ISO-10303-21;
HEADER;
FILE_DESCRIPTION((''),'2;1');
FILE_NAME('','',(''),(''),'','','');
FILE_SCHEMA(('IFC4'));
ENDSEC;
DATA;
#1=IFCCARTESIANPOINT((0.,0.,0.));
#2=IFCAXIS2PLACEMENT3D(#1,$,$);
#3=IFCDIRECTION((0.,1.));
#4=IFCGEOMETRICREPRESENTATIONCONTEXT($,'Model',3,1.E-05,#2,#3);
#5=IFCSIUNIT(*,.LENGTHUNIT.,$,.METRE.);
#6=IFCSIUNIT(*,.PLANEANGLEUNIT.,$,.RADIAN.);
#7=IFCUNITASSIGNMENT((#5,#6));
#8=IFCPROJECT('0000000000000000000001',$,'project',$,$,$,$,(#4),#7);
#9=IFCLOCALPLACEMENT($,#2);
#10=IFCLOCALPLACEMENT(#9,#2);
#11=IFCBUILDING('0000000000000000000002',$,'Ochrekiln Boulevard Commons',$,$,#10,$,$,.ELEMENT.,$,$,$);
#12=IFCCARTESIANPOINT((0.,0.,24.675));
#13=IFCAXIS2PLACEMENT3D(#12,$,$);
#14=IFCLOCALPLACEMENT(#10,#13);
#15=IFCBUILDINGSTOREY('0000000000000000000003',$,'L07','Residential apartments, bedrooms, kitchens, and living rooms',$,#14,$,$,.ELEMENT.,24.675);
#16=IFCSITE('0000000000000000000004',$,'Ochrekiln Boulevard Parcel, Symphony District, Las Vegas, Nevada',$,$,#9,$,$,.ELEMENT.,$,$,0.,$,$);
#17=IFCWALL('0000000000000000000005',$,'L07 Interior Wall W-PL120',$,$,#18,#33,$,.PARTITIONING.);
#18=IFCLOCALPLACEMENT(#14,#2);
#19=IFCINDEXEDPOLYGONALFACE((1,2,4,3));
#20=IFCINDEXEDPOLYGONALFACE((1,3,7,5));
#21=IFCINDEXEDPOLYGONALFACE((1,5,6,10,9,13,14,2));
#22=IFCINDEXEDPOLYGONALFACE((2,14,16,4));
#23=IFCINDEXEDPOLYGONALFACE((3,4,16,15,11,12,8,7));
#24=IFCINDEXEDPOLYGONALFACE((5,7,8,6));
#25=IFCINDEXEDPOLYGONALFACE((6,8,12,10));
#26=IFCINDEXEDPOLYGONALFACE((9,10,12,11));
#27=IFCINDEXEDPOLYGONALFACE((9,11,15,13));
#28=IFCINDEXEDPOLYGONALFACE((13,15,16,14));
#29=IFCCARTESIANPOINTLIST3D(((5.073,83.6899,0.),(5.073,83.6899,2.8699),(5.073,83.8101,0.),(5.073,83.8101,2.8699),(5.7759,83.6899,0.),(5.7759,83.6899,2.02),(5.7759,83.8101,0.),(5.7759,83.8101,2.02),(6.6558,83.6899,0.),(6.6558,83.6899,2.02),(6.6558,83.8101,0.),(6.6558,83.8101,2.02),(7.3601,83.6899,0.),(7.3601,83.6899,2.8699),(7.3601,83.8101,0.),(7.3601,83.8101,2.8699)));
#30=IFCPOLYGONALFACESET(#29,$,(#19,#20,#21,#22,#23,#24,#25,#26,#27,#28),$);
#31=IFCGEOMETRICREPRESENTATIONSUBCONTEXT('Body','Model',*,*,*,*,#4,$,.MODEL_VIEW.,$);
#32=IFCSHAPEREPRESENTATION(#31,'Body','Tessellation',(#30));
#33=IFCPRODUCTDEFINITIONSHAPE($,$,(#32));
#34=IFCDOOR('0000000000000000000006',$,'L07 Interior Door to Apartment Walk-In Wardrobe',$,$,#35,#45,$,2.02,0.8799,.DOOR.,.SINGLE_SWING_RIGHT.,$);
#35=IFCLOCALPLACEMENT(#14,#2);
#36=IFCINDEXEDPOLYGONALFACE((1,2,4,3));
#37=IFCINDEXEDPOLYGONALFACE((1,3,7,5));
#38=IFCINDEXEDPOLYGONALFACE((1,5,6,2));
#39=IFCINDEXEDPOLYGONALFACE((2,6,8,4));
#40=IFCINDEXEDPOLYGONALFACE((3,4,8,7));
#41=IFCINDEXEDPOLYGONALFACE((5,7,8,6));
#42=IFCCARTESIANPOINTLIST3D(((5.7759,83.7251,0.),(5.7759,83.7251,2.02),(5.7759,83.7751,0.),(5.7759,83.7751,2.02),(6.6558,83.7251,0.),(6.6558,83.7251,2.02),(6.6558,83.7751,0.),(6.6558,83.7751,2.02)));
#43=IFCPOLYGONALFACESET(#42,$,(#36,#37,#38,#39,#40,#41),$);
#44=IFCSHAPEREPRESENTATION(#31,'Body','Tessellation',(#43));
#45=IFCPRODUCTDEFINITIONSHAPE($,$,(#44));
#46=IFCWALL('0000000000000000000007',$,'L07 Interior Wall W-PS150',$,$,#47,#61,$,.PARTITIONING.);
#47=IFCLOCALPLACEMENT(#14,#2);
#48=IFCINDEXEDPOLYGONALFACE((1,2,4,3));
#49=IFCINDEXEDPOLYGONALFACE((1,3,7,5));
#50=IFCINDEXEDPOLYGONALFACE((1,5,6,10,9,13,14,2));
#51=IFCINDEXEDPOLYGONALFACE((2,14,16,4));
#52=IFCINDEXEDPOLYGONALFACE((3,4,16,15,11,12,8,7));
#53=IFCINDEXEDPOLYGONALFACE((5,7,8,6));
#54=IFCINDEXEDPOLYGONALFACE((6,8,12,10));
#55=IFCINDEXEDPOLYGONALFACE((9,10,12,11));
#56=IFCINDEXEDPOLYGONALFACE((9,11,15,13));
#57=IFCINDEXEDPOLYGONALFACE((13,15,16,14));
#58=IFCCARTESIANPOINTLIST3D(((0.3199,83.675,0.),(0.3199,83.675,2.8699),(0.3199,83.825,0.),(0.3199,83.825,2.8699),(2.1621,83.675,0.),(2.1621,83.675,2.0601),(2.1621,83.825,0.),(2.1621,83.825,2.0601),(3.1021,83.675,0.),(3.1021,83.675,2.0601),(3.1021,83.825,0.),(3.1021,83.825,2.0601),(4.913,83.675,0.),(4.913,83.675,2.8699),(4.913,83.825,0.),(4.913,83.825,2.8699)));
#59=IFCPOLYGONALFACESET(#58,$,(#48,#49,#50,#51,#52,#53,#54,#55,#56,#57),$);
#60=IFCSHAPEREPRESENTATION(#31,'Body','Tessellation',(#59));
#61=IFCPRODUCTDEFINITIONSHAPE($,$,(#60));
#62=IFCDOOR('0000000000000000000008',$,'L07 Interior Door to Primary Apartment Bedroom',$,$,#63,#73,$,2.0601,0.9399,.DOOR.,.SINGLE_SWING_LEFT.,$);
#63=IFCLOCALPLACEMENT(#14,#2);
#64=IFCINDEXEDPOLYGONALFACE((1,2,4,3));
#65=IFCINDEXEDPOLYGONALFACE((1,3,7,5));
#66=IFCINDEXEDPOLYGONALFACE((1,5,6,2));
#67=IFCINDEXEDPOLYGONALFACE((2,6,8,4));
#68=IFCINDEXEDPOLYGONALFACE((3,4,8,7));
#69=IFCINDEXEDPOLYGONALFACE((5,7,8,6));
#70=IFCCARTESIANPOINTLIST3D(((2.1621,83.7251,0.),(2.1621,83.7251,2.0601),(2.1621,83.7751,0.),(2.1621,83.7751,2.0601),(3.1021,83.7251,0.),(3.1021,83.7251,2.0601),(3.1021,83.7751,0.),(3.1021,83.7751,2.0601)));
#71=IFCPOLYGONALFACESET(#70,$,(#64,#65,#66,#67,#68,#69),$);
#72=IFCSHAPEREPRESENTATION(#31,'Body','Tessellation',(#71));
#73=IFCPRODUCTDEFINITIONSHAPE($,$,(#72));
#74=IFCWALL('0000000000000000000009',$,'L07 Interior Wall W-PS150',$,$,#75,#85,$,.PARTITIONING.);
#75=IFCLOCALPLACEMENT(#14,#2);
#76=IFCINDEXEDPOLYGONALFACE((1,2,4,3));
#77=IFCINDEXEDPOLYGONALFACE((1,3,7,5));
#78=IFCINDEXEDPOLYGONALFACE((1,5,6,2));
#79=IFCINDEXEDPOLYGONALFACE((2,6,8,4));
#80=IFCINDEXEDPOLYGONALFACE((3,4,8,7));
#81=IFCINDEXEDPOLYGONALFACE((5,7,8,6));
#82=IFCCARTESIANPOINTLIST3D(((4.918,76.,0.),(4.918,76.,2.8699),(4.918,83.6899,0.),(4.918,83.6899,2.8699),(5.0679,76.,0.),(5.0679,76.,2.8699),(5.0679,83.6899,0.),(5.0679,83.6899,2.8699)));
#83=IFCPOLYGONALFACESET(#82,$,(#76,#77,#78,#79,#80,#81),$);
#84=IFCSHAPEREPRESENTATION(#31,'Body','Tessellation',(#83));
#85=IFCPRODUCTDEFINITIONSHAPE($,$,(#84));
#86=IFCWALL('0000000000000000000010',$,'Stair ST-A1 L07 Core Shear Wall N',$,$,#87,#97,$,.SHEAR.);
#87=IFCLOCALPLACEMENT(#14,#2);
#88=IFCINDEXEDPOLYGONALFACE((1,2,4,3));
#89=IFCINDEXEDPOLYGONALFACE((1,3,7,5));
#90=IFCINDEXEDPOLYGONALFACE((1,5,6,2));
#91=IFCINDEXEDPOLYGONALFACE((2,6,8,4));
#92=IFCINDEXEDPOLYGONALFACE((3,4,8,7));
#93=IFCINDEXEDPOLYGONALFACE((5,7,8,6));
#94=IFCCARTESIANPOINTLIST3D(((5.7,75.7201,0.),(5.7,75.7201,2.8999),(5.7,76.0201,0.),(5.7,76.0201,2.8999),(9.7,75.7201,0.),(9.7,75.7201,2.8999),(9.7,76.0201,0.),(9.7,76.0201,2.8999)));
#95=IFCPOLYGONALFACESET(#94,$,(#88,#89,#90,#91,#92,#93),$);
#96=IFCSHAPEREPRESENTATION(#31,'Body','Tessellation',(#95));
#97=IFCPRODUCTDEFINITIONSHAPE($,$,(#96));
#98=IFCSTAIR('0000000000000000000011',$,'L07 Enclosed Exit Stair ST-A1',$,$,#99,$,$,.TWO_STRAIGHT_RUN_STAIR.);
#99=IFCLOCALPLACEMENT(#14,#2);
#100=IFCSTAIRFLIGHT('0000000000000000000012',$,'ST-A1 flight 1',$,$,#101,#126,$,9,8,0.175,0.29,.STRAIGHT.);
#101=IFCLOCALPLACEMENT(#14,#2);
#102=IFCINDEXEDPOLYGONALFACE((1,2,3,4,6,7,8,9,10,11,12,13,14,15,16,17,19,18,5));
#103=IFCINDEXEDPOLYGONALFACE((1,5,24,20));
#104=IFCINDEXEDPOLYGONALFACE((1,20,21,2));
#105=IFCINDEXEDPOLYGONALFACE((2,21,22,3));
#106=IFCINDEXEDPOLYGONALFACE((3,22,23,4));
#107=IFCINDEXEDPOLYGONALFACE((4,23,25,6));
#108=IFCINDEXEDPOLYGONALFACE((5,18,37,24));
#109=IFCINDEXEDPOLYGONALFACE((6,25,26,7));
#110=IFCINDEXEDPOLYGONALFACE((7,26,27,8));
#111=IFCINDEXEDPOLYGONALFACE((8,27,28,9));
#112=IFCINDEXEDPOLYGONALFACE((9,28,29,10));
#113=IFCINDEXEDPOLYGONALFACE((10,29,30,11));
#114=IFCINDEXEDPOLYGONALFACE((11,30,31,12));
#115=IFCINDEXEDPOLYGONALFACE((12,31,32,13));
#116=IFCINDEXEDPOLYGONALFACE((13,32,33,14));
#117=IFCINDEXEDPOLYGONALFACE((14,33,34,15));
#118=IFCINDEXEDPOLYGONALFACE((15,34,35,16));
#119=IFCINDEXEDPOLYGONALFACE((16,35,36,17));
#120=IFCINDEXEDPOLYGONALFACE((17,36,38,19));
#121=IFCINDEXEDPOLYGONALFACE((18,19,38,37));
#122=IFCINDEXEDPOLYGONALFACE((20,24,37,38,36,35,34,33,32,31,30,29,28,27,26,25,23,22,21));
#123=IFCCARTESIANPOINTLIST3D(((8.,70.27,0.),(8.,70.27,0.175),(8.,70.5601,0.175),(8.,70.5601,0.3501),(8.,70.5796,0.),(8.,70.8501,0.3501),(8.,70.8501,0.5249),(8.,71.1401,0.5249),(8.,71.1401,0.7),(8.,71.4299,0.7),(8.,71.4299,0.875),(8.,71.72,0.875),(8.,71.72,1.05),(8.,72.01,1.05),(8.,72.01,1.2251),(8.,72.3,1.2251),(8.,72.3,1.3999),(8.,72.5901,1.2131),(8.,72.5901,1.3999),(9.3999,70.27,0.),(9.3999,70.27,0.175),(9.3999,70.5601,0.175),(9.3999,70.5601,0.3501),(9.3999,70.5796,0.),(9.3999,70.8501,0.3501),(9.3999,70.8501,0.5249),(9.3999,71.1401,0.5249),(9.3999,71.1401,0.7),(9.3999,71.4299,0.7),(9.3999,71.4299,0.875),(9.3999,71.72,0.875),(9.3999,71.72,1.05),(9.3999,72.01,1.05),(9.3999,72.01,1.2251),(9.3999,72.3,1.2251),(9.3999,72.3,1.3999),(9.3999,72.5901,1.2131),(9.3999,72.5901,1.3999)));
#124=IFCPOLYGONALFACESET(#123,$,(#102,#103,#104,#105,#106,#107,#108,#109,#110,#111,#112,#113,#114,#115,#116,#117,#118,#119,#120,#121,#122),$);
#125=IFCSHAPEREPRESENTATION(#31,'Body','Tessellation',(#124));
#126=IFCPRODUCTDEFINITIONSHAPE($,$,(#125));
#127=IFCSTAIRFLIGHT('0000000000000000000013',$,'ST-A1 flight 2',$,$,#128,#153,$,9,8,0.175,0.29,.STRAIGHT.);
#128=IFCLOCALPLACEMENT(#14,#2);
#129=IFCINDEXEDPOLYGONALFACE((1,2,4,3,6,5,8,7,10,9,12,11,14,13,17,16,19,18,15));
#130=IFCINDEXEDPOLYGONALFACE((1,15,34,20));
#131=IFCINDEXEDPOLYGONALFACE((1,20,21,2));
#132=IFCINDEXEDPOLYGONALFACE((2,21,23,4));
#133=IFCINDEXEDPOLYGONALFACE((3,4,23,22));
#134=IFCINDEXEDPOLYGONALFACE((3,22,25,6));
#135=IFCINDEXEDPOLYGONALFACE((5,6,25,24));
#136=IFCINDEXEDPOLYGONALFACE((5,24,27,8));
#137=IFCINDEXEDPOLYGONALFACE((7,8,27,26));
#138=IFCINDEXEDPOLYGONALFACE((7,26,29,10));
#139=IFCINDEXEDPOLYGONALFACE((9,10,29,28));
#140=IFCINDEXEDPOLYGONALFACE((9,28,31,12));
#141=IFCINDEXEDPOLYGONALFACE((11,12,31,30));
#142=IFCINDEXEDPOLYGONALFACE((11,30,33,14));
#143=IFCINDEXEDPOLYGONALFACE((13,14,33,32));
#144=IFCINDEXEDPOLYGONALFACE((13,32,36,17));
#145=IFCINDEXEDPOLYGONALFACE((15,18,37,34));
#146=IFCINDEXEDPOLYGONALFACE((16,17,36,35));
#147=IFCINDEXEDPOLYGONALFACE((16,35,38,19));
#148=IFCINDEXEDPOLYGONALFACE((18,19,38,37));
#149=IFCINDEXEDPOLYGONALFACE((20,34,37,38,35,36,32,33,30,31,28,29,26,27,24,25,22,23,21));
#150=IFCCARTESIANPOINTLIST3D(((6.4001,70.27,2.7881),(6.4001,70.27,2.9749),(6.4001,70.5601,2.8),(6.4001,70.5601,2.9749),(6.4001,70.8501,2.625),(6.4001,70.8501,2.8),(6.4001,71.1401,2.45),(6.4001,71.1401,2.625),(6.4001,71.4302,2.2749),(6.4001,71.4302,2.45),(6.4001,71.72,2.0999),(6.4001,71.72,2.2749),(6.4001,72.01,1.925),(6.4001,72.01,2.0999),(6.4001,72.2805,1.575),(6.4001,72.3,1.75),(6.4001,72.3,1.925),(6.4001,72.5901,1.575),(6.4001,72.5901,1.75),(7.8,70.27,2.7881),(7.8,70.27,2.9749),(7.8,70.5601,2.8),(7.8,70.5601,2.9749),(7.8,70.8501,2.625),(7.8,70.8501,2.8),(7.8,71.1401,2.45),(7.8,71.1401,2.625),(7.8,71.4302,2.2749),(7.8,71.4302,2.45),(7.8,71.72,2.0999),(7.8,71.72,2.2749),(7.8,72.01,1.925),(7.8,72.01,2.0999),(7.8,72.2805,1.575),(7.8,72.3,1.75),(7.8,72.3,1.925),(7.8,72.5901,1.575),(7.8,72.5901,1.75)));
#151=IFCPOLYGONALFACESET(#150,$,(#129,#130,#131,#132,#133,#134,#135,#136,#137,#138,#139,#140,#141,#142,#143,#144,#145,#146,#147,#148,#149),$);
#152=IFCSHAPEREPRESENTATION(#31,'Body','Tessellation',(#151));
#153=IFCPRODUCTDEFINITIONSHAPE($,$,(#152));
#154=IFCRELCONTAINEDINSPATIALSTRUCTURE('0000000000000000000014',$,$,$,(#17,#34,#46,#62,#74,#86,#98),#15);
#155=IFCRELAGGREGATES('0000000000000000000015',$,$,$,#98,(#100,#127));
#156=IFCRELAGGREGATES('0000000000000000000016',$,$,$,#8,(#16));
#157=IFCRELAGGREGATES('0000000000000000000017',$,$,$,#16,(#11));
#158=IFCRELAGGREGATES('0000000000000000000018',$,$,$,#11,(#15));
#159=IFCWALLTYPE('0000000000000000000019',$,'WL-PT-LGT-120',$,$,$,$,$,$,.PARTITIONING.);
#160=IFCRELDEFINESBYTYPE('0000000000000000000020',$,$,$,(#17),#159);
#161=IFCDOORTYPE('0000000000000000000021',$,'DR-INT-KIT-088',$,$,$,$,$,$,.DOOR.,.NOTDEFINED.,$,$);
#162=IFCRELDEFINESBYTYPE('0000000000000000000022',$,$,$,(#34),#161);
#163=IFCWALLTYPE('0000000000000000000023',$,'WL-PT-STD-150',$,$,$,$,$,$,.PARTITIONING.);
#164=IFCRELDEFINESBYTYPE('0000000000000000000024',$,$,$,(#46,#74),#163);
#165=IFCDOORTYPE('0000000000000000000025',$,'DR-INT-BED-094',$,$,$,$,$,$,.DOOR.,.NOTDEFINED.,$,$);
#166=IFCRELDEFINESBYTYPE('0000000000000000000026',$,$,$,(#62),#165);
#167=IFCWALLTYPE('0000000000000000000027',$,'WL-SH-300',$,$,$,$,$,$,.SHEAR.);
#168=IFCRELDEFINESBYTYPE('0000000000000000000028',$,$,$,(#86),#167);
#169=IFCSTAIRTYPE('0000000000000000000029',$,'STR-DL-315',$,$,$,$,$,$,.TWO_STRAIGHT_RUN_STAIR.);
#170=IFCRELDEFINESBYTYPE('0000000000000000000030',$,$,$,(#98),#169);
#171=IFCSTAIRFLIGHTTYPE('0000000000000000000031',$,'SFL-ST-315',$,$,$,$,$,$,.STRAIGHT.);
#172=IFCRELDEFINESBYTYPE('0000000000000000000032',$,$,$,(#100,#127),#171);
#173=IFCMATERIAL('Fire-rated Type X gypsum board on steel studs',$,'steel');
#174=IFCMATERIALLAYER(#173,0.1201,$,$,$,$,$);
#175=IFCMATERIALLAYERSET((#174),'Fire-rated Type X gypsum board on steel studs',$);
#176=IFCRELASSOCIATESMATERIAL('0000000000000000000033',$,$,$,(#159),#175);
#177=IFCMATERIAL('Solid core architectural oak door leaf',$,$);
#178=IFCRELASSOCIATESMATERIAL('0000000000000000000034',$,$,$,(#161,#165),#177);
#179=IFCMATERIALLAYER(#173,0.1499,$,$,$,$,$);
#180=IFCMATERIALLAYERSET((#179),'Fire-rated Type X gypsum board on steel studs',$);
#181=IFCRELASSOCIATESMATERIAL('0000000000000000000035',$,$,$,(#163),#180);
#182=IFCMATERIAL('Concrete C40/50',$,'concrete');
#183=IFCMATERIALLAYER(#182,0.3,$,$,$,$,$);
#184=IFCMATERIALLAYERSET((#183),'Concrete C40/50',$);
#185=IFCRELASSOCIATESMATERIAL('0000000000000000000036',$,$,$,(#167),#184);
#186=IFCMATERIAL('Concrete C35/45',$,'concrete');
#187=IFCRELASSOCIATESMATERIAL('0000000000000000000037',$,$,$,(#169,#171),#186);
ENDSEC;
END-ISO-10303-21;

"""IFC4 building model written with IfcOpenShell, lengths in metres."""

from ifc_helpers import new_model, si_unit, direction, frame, frame_2d, origin, place, context, subcontext, project, spatial, polyline, rectangle, outline, extrude, material, layer, layer_set, type_object, element, fill, aggregate, save


model = new_model("IFC4")

# Units and contexts
model_context = context("Model", 3, precision=1e-05, world=origin(), true_north=direction((0.0, 1.0)))
body_context = subcontext(model_context, "Body", "Model", "MODEL_VIEW")
ifc_project = project(units=[si_unit("LENGTHUNIT", "METRE"), si_unit("PLANEANGLEUNIT", "RADIAN")], contexts=[model_context])

# Site, building, storey
site_placement = place(None, origin())
site = spatial("IfcSite", under=ifc_project, at=site_placement, Name="Ochrekiln Boulevard Parcel, Symphony District, Las Vegas, Nevada", CompositionType="ELEMENT", RefElevation=0.0)
building_placement = place(site_placement, origin())
building = spatial("IfcBuilding", under=site, at=building_placement, Name="Ochrekiln Boulevard Commons", CompositionType="ELEMENT")
storey_placement = place(building_placement, frame((0.0, 0.0, 24.675)))
storey = spatial("IfcBuildingStorey", under=building, at=storey_placement, Name="L07", Description="Residential apartments, bedrooms, kitchens, and living rooms", CompositionType="ELEMENT", Elevation=24.675)

# Shared definitions
ifc_material_1 = material(Name="Concrete C35/45", Category="concrete")
ifc_material_2 = material(Name="Concrete C40/50", Category="concrete")

# Walls, openings, doors
ifc_material_3 = material(Name="Solid core architectural oak door leaf")
ifc_material_4 = material(Name="Fire-rated Type X gypsum board on steel studs", Category="steel")
ifc_layer_1 = layer(ifc_material_4, 0.1201)
ifc_layer_set_1 = layer_set([ifc_layer_1], Name="Fire-rated Type X gypsum board on steel studs")
wall_type_1 = type_object("IfcWallType", Name="WL-PT-LGT-120", PredefinedType="PARTITIONING", material=ifc_layer_set_1)
wall_1_placement = place(storey_placement, frame((5.073, 83.75, 0.0), z_axis=(0.0, 0.0, 1.0), x_axis=(1.0, 0.0, 0.0)))
wall_1 = element("IfcWall", 1, at=wall_1_placement, inside=storey, type_object=wall_type_1, Name="L07 Interior Wall W-PL120", PredefinedType="PARTITIONING", context=body_context, shape_type="SweptSolid", body=[
    extrude(rectangle(XDim=2.2871, YDim=0.1201, at=frame_2d((1.1436, 0.0))), origin(), (0.0, 0.0, 1.0), 2.8699),
])
opening_1_placement = place(wall_1_placement, frame((0.7029, 0.0, 0.0)))
opening_1 = element("IfcOpeningElement", 2, at=opening_1_placement, cuts=wall_1, PredefinedType="OPENING", context=body_context, shape_type="SweptSolid", body=[
    extrude(rectangle(XDim=0.8799, YDim=2.02, at=frame_2d((0.4399, 1.01))), frame((0.0, 0.0701, 0.0), z_axis=(0.0, -1.0, 0.0), x_axis=(1.0, 0.0, 0.0)), (0.0, 0.0, 1.0), 0.1401),
])
door_type_1 = type_object("IfcDoorType", Name="DR-INT-KIT-088", OperationType="NOTDEFINED", PredefinedType="DOOR", material=ifc_material_3)
door_1_placement = place(opening_1_placement, frame((0.8799, 0.0, 0.0), z_axis=(0.0, 0.0, 1.0), x_axis=(-1.0, 0.0, 0.0)))
door_1 = element("IfcDoor", 3, at=door_1_placement, inside=storey, type_object=door_type_1, Name="L07 Interior Door to Apartment Walk-In Wardrobe", OperationType="SINGLE_SWING_RIGHT", OverallHeight=2.02, OverallWidth=0.8799, PredefinedType="DOOR", context=body_context, shape_type="SweptSolid", body=[
    extrude(rectangle(XDim=0.8799, YDim=2.02, at=frame_2d((0.4399, 1.01))), frame((0.0, 0.0249, 0.0), z_axis=(0.0, -1.0, 0.0), x_axis=(1.0, 0.0, 0.0)), (0.0, 0.0, 1.0), 0.05),
])
fill(opening_1, door_1)
ifc_layer_2 = layer(ifc_material_4, 0.1499)
ifc_layer_set_2 = layer_set([ifc_layer_2], Name="Fire-rated Type X gypsum board on steel studs")
wall_type_2 = type_object("IfcWallType", Name="WL-PT-STD-150", PredefinedType="PARTITIONING", material=ifc_layer_set_2)
wall_2_placement = place(storey_placement, frame((0.3201, 83.75, 0.0), z_axis=(0.0, 0.0, 1.0), x_axis=(1.0, 0.0, 0.0)))
wall_2 = element("IfcWall", 4, at=wall_2_placement, inside=storey, type_object=wall_type_2, Name="L07 Interior Wall W-PS150", PredefinedType="PARTITIONING", context=body_context, shape_type="SweptSolid", body=[
    extrude(rectangle(XDim=4.593, YDim=0.1499, at=frame_2d((2.2964, 0.0))), origin(), (0.0, 0.0, 1.0), 2.8699),
])
opening_2_placement = place(wall_2_placement, frame((1.842, 0.0, 0.0)))
opening_2 = element("IfcOpeningElement", 5, at=opening_2_placement, cuts=wall_2, PredefinedType="OPENING", context=body_context, shape_type="SweptSolid", body=[
    extrude(rectangle(XDim=0.9399, YDim=2.0601, at=frame_2d((0.47, 1.03))), frame((0.0, 0.085, 0.0), z_axis=(0.0, -1.0, 0.0), x_axis=(1.0, 0.0, 0.0)), (0.0, 0.0, 1.0), 0.1699),
])
door_type_2 = type_object("IfcDoorType", Name="DR-INT-BED-094", OperationType="NOTDEFINED", PredefinedType="DOOR", material=ifc_material_3)
door_2_placement = place(opening_2_placement, frame((0.9399, 0.0, 0.0), z_axis=(0.0, 0.0, 1.0), x_axis=(-1.0, 0.0, 0.0)))
door_2 = element("IfcDoor", 6, at=door_2_placement, inside=storey, type_object=door_type_2, Name="L07 Interior Door to Primary Apartment Bedroom", OperationType="SINGLE_SWING_LEFT", OverallHeight=2.0601, OverallWidth=0.9399, PredefinedType="DOOR", context=body_context, shape_type="SweptSolid", body=[
    extrude(rectangle(XDim=0.9399, YDim=2.0601, at=frame_2d((0.47, 1.03))), frame((0.0, 0.0249, 0.0), z_axis=(0.0, -1.0, 0.0), x_axis=(1.0, 0.0, 0.0)), (0.0, 0.0, 1.0), 0.05),
])
fill(opening_2, door_2)

# Walls
wall_3_placement = place(storey_placement, frame((4.9929, 76.0, 0.0), z_axis=(0.0, 0.0, 1.0), x_axis=(0.0, 1.0, 0.0)))
element("IfcWall", 7, at=wall_3_placement, inside=storey, type_object=wall_type_2, Name="L07 Interior Wall W-PS150", PredefinedType="PARTITIONING", context=body_context, shape_type="SweptSolid", body=[
    extrude(rectangle(XDim=7.6899, YDim=0.1499, at=frame_2d((3.845, 0.0))), origin(), (0.0, 0.0, 1.0), 2.8699),
])
ifc_layer_3 = layer(ifc_material_2, 0.3)
ifc_layer_set_3 = layer_set([ifc_layer_3], Name="Concrete C40/50")
wall_type_3 = type_object("IfcWallType", Name="WL-SH-300", PredefinedType="SHEAR", material=ifc_layer_set_3)
wall_4_placement = place(storey_placement, frame((5.7, 75.8701, 0.0), z_axis=(0.0, 0.0, 1.0), x_axis=(1.0, 0.0, 0.0)))
element("IfcWall", 8, at=wall_4_placement, inside=storey, type_object=wall_type_3, Name="Stair ST-A1 L07 Core Shear Wall N", PredefinedType="SHEAR", context=body_context, shape_type="SweptSolid", body=[
    extrude(rectangle(XDim=4.0, YDim=0.3, at=frame_2d((2.0, 0.0))), origin(), (0.0, 0.0, 1.0), 2.8999),
])

# Stair, stair flights
stair_type = type_object("IfcStairType", Name="STR-DL-315", PredefinedType="TWO_STRAIGHT_RUN_STAIR", material=ifc_material_1)
stair_placement = place(storey_placement, origin())
stair = element("IfcStair", 9, at=stair_placement, inside=storey, type_object=stair_type, Name="L07 Enclosed Exit Stair ST-A1", PredefinedType="TWO_STRAIGHT_RUN_STAIR")
stair_flight_type = type_object("IfcStairFlightType", Name="SFL-ST-315", PredefinedType="STRAIGHT", material=ifc_material_1)
stair_flight_1_placement = place(storey_placement, frame((8.7, 70.27, 0.0), z_axis=(0.0, 0.0, 1.0), x_axis=(0.0, 1.0, 0.0)))
stair_flight_1 = element("IfcStairFlight", 10, at=stair_flight_1_placement, type_object=stair_flight_type, Name="ST-A1 flight 1", NumberOfRisers=9, NumberOfTreads=8, PredefinedType="STRAIGHT", RiserHeight=0.175, TreadLength=0.29, context=body_context, shape_type="SweptSolid", body=[
    extrude(outline(polyline([(0.0, 0.0), (0.0, 0.175), (0.29, 0.175), (0.29, 0.3501), (0.5801, 0.3501), (0.5801, 0.5249), (0.8701, 0.5249), (0.8701, 0.7), (1.1599, 0.7), (1.1599, 0.875), (1.45, 0.875), (1.45, 1.05), (1.74, 1.05), (1.74, 1.2251), (2.03, 1.2251), (2.03, 1.3999), (2.3201, 1.3999), (2.3201, 1.575), (2.3201, 1.2131), (0.3096, 0.0), (0.0, 0.0)])), frame((0.0, 0.7, 0.0), z_axis=(0.0, -1.0, 0.0), x_axis=(1.0, 0.0, 0.0)), (0.0, 0.0, 1.0), 1.3999),
])
stair_flight_2_placement = place(storey_placement, frame((7.1001, 72.5901, 1.575), z_axis=(0.0, 0.0, 1.0), x_axis=(0.0, -1.0, 0.0)))
stair_flight_2 = element("IfcStairFlight", 11, at=stair_flight_2_placement, type_object=stair_flight_type, Name="ST-A1 flight 2", NumberOfRisers=9, NumberOfTreads=8, PredefinedType="STRAIGHT", RiserHeight=0.175, TreadLength=0.29, context=body_context, shape_type="SweptSolid", body=[
    extrude(outline(polyline([(0.0, 0.0), (0.0, 0.175), (0.29, 0.175), (0.29, 0.3501), (0.5801, 0.3501), (0.5801, 0.5249), (0.8701, 0.5249), (0.8701, 0.7), (1.1599, 0.7), (1.1599, 0.875), (1.45, 0.875), (1.45, 1.05), (1.74, 1.05), (1.74, 1.2251), (2.03, 1.2251), (2.03, 1.3999), (2.3201, 1.3999), (2.3201, 1.575), (2.3201, 1.2131), (0.3096, 0.0), (0.0, 0.0)])), frame((0.0, 0.7, 0.0), z_axis=(0.0, -1.0, 0.0), x_axis=(1.0, 0.0, 0.0)), (0.0, 0.0, 1.0), 1.3999),
])
aggregate(stair, [stair_flight_1, stair_flight_2])

save(model, "model.ifc")
